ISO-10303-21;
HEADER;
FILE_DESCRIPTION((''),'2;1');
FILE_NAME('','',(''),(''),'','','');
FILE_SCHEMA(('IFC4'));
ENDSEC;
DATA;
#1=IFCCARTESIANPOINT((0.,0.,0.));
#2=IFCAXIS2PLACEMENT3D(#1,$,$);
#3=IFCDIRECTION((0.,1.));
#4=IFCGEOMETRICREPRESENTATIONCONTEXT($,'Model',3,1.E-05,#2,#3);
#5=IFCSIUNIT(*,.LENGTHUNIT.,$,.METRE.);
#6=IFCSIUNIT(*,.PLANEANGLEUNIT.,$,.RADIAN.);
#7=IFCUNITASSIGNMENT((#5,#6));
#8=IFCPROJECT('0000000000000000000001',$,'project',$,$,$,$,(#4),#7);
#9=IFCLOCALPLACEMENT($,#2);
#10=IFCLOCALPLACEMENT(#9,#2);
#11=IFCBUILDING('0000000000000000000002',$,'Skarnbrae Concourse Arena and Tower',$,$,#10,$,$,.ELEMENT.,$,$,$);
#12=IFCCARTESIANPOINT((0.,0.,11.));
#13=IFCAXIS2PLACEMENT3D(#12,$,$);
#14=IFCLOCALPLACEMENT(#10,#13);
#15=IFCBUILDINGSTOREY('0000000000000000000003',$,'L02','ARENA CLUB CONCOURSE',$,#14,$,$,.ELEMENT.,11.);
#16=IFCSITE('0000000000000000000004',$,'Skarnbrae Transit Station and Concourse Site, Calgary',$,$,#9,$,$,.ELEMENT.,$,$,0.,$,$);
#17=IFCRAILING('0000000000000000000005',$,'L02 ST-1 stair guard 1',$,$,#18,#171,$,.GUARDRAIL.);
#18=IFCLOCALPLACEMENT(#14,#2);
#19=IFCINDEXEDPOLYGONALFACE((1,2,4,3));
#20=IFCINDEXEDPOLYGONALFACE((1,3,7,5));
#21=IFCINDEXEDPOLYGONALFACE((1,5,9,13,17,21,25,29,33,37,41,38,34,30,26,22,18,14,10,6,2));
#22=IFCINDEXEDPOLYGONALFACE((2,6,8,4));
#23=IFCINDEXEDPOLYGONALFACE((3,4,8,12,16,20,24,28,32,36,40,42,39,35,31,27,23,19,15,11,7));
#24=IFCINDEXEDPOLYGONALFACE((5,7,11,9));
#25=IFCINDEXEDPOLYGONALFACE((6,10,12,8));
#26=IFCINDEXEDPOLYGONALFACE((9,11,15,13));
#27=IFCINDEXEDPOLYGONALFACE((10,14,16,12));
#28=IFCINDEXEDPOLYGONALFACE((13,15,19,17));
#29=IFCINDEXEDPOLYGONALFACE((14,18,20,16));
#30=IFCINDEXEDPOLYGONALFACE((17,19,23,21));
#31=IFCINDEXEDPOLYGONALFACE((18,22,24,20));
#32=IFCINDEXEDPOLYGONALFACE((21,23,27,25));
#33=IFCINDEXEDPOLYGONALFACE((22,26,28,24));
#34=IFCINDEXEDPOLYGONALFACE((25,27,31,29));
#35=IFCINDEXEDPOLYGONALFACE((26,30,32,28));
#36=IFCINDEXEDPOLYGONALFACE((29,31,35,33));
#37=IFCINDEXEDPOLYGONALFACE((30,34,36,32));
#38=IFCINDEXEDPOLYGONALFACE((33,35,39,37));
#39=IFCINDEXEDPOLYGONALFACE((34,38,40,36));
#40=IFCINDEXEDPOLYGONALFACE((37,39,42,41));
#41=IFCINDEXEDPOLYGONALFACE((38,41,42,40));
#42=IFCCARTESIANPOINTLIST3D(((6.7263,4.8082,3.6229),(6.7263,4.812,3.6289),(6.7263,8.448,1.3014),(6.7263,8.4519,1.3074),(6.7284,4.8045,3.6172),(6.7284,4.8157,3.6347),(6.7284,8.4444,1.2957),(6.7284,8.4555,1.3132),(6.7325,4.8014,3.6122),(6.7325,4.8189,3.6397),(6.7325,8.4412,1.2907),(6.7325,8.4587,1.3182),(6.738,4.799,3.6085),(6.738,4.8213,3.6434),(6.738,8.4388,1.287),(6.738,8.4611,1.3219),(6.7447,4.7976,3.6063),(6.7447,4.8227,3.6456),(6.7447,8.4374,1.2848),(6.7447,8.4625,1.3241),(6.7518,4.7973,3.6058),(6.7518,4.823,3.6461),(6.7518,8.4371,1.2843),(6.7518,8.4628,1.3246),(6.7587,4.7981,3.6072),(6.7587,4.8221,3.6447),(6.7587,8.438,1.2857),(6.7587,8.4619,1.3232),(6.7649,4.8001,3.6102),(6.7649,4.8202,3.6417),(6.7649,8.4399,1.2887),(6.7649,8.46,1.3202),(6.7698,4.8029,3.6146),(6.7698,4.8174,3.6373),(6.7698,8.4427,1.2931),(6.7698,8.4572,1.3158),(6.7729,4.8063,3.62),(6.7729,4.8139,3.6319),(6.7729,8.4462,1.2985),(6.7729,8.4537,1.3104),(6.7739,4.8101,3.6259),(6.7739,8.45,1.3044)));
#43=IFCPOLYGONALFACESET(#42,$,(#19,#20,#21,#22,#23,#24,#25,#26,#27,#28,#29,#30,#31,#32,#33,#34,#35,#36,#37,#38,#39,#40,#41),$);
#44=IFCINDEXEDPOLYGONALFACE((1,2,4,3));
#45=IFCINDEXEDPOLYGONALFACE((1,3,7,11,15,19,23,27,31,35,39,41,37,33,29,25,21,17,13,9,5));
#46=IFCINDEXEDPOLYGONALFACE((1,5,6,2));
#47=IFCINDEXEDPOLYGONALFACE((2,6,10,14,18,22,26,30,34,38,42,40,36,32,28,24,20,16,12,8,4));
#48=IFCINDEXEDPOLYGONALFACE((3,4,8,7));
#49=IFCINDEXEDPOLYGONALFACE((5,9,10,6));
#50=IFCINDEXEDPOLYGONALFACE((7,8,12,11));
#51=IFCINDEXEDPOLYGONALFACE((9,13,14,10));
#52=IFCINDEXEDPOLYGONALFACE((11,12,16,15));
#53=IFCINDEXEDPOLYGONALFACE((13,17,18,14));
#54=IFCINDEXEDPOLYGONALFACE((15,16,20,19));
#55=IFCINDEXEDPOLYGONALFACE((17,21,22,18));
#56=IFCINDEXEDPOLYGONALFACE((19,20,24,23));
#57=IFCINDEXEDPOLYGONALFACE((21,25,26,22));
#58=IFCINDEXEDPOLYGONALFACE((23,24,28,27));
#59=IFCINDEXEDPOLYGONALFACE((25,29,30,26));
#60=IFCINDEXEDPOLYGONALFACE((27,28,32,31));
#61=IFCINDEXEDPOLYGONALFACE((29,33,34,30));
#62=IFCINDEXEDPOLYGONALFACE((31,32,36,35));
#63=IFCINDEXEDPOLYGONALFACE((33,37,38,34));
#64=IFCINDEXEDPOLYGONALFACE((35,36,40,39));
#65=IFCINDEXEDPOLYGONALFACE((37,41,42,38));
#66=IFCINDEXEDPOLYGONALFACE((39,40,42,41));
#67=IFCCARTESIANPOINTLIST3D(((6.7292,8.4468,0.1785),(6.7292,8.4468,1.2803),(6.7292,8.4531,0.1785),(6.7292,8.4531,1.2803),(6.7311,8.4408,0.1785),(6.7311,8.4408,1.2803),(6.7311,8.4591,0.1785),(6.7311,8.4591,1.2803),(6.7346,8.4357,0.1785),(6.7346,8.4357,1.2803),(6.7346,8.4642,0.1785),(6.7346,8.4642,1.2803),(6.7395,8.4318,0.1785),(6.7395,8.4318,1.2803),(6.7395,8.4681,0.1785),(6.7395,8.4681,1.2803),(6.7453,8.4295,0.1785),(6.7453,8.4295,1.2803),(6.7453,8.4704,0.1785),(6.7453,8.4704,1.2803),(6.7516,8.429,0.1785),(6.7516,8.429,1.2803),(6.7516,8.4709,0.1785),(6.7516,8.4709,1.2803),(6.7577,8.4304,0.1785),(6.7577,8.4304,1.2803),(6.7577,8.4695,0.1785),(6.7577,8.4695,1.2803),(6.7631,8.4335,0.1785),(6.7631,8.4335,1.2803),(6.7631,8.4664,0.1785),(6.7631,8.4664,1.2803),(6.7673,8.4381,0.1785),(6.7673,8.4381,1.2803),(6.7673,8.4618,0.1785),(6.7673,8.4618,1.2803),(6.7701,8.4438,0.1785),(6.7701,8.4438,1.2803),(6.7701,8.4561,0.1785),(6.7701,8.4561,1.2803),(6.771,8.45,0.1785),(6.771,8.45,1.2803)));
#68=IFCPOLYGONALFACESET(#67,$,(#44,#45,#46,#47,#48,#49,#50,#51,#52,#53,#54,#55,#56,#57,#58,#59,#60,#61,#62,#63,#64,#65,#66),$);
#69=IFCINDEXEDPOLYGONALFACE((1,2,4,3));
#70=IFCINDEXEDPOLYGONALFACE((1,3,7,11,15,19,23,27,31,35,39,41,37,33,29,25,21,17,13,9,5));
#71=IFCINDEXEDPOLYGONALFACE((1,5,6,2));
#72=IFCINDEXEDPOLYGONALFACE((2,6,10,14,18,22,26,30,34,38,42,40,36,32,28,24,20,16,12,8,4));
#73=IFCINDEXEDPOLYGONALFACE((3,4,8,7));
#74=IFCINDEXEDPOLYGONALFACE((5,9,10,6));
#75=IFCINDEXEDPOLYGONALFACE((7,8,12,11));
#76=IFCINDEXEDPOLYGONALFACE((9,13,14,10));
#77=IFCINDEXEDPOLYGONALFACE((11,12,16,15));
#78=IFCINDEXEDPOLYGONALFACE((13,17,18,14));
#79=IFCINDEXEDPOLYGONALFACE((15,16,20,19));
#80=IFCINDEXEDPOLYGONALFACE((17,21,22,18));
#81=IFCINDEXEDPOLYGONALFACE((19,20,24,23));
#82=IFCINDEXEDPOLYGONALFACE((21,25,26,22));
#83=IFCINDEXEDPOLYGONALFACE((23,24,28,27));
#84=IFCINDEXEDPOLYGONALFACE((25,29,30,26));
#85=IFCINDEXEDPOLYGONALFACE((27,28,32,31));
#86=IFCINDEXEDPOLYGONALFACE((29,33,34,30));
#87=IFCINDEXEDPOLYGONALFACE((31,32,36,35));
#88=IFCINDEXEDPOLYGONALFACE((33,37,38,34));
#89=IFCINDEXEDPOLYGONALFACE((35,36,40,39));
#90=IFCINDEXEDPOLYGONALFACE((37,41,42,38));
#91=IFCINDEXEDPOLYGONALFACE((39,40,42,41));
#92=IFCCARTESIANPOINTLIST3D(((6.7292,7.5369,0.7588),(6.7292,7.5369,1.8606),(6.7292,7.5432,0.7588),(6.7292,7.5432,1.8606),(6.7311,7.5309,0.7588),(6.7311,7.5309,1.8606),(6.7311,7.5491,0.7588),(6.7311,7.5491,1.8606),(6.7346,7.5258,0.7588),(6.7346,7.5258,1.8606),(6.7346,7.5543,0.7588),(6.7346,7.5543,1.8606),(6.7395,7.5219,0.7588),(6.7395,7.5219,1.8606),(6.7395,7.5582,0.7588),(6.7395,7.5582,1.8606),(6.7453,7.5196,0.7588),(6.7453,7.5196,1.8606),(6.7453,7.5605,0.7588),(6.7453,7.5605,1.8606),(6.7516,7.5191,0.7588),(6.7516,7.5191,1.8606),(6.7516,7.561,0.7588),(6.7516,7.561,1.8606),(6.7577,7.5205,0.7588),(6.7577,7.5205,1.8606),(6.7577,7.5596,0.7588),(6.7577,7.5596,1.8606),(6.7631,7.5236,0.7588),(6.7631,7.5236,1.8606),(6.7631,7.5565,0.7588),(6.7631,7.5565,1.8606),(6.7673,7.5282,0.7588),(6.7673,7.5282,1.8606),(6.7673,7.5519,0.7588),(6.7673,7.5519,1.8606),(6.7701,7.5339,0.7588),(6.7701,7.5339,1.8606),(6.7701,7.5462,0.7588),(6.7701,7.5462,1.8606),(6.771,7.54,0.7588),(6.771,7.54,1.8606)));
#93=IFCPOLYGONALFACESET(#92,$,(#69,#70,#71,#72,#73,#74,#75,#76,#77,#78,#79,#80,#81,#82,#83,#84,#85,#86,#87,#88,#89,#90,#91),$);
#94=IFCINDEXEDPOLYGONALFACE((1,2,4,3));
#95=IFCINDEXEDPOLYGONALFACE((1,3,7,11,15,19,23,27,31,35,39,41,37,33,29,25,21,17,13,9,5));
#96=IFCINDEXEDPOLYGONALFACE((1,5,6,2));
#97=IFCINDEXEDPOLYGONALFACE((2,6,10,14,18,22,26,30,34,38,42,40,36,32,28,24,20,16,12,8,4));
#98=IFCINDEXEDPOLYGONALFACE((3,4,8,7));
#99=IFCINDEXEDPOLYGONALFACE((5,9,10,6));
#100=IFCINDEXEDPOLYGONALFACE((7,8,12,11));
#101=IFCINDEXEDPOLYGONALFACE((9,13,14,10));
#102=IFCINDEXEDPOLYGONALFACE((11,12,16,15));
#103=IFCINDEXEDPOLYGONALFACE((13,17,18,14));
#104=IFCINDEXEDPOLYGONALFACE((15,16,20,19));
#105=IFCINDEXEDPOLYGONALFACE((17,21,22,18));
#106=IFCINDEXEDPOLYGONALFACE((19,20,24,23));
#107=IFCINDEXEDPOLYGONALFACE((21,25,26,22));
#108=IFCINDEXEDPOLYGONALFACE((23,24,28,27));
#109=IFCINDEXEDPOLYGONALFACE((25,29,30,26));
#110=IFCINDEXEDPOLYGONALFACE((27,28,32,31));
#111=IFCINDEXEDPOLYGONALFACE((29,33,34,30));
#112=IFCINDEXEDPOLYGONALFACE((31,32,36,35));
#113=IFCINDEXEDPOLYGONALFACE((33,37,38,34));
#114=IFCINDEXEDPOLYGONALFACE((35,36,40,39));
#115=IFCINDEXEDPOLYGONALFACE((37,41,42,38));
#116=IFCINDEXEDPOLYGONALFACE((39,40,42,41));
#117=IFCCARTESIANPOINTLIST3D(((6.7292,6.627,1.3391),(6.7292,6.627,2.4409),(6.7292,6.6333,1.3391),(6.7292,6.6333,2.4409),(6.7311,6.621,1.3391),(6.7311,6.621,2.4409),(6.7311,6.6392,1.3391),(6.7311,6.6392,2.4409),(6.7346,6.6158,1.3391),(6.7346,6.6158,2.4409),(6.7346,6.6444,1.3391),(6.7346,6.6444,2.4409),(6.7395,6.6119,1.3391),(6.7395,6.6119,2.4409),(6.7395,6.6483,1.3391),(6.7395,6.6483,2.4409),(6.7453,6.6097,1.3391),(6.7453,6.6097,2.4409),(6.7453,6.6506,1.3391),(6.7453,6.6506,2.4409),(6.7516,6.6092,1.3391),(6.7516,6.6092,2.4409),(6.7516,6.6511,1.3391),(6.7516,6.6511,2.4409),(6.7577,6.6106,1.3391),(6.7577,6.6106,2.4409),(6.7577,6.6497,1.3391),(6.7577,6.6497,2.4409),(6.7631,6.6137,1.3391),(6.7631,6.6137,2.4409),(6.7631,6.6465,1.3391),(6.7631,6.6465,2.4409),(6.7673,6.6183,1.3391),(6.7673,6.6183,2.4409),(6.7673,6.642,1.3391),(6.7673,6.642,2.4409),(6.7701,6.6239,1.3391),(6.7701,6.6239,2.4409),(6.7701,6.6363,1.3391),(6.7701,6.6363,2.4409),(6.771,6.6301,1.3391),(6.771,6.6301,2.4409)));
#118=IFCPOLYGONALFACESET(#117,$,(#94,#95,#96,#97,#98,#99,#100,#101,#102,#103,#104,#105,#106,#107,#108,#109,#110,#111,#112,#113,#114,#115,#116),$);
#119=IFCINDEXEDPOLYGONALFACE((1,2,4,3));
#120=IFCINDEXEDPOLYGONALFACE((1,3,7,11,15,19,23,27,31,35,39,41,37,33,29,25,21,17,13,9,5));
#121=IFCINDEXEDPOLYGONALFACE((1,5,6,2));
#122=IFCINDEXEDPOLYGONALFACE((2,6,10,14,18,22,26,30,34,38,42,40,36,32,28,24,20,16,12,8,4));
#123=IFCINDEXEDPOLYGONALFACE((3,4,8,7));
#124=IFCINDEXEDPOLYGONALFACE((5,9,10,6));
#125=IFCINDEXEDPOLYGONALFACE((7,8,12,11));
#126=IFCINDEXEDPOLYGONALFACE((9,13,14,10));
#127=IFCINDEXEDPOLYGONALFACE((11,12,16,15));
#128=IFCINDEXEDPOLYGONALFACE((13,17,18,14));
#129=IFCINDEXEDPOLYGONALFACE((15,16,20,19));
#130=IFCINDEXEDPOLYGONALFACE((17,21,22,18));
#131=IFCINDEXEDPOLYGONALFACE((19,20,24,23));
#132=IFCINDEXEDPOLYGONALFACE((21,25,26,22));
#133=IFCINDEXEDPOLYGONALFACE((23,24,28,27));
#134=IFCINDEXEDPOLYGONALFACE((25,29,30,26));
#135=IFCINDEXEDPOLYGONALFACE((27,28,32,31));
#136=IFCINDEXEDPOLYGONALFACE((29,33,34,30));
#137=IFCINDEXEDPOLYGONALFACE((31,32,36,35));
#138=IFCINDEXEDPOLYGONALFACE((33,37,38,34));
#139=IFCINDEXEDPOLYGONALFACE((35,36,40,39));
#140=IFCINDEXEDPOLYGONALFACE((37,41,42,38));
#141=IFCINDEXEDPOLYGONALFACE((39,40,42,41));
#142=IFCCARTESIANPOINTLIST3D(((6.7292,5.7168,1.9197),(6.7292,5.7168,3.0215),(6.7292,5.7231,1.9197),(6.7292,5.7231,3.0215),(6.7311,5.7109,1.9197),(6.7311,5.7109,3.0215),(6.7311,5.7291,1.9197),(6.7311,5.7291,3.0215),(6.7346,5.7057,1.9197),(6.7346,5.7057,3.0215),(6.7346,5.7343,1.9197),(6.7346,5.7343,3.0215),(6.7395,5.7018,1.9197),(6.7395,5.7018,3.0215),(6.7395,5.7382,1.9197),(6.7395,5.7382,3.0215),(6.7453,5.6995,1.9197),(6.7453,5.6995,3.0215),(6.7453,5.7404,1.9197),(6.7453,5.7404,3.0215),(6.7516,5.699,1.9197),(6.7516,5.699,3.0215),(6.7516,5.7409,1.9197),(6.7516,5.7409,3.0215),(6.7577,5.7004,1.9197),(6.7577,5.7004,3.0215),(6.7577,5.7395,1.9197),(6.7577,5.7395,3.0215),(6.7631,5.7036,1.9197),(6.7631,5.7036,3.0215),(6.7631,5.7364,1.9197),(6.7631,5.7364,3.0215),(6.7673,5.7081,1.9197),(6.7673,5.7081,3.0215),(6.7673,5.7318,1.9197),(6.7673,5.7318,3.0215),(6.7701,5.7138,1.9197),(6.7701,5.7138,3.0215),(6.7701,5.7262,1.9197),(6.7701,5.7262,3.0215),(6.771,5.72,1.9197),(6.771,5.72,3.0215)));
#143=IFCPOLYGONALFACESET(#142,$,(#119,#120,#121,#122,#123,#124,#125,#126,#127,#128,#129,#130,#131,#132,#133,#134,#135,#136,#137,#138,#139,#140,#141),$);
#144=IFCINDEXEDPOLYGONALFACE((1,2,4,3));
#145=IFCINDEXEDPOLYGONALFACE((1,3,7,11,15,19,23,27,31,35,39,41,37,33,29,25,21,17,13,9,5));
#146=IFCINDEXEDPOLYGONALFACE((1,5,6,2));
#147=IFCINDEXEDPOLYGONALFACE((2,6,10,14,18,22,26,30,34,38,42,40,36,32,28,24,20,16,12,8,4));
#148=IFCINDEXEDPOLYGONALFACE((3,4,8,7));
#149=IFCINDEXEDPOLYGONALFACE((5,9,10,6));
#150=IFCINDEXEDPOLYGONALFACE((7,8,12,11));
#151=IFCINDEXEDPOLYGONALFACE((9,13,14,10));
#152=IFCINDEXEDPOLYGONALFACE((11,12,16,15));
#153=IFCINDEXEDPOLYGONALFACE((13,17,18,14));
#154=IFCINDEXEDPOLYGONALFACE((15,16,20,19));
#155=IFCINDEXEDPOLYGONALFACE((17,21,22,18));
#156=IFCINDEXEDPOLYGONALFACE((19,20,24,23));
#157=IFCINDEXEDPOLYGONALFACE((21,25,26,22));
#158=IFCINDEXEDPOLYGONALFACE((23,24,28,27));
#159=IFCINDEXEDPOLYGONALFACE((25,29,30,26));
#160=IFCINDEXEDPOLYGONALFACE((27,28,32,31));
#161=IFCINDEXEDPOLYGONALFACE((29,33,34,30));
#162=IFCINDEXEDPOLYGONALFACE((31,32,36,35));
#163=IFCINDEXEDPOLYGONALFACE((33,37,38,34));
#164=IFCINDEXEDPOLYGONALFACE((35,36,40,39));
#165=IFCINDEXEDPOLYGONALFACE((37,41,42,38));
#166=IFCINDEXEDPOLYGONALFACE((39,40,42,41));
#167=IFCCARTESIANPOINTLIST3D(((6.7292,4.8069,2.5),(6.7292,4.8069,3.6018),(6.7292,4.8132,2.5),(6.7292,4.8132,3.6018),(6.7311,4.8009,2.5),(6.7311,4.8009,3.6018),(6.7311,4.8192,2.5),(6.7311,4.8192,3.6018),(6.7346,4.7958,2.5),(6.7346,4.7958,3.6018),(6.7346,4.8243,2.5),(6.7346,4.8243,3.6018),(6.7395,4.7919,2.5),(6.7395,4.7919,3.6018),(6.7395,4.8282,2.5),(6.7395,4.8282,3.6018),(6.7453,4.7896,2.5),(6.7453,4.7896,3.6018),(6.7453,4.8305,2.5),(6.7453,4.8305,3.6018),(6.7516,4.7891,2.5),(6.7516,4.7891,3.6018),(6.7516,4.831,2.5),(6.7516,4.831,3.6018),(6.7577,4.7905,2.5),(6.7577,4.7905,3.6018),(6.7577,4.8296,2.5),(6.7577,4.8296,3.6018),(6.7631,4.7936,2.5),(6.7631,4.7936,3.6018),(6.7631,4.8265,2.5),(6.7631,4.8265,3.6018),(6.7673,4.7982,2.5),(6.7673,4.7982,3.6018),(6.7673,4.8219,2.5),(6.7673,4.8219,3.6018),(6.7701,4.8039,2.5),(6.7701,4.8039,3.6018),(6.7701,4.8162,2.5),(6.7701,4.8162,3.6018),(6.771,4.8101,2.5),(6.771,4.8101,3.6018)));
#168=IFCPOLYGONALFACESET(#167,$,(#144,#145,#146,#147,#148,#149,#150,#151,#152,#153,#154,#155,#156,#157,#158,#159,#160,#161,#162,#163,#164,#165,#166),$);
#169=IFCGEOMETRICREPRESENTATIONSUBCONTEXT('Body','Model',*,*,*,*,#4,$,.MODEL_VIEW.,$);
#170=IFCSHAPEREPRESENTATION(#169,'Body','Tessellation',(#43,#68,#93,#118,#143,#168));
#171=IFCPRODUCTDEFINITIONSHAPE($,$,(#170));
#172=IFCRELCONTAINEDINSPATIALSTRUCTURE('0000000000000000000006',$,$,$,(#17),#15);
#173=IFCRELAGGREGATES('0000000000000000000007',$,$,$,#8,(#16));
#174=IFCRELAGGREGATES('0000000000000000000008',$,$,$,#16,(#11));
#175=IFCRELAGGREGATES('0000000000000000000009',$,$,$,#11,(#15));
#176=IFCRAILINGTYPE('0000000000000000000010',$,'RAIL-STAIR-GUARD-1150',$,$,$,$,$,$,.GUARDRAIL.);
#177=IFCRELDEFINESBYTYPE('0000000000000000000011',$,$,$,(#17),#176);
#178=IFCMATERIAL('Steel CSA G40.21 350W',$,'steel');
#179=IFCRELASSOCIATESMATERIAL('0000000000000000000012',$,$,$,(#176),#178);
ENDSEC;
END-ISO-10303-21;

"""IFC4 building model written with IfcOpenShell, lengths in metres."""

from ifc_helpers import new_model, si_unit, direction, frame, origin, origin_2d, place, context, subcontext, project, spatial, circle, extrude, material, type_object, element, save


model = new_model("IFC4")

# Units and contexts
model_context = context("Model", 3, precision=1e-05, world=origin(), true_north=direction((0.0, 1.0)))
body_context = subcontext(model_context, "Body", "Model", "MODEL_VIEW")
ifc_project = project(units=[si_unit("LENGTHUNIT", "METRE"), si_unit("PLANEANGLEUNIT", "RADIAN")], contexts=[model_context])

# Site, building, storey
site_placement = place(None, origin())
site = spatial("IfcSite", under=ifc_project, at=site_placement, Name="Skarnbrae Transit Station and Concourse Site, Calgary", CompositionType="ELEMENT", RefElevation=0.0)
building_placement = place(site_placement, origin())
building = spatial("IfcBuilding", under=site, at=building_placement, Name="Skarnbrae Concourse Arena and Tower", CompositionType="ELEMENT")
storey_placement = place(building_placement, frame((0.0, 0.0, 11.0)))
storey = spatial("IfcBuildingStorey", under=building, at=storey_placement, Name="L02", Description="ARENA CLUB CONCOURSE", CompositionType="ELEMENT", Elevation=11.0)

# Shared definitions
ifc_material_1 = material(Name="Steel CSA G40.21 350W", Category="steel")

# Railing
railing_type_1 = type_object("IfcRailingType", Name="RAIL-STAIR-GUARD-1150", PredefinedType="GUARDRAIL", material=ifc_material_1)
railing_1_placement = place(storey_placement, frame((6.75, 8.45, 0.1785)))
element("IfcRailing", 1, at=railing_1_placement, inside=storey, type_object=railing_type_1, Name="L02 ST-1 stair guard 1", PredefinedType="GUARDRAIL", context=body_context, shape_type="SweptSolid", body=[
    extrude(circle(Radius=0.0239, at=origin_2d()), frame((0.0, 0.0, 1.126), z_axis=(0.0, -0.843112, 0.537739), x_axis=(1.0, 0.0, 0.0)), (0.0, 0.0, 1.0), 4.3171),
    extrude(circle(Radius=0.021, at=origin_2d()), origin(), (0.0, 0.0, 1.0), 1.1018),
    extrude(circle(Radius=0.021, at=origin_2d()), frame((0.0, -0.9099, 0.5803)), (0.0, 0.0, 1.0), 1.1018),
    extrude(circle(Radius=0.021, at=origin_2d()), frame((0.0, -1.8198, 1.1606)), (0.0, 0.0, 1.0), 1.1018),
    extrude(circle(Radius=0.021, at=origin_2d()), frame((0.0, -2.73, 1.7412)), (0.0, 0.0, 1.0), 1.1018),
    extrude(circle(Radius=0.021, at=origin_2d()), frame((0.0, -3.6399, 2.3215)), (0.0, 0.0, 1.0), 1.1018),
])

save(model, "model.ifc")
